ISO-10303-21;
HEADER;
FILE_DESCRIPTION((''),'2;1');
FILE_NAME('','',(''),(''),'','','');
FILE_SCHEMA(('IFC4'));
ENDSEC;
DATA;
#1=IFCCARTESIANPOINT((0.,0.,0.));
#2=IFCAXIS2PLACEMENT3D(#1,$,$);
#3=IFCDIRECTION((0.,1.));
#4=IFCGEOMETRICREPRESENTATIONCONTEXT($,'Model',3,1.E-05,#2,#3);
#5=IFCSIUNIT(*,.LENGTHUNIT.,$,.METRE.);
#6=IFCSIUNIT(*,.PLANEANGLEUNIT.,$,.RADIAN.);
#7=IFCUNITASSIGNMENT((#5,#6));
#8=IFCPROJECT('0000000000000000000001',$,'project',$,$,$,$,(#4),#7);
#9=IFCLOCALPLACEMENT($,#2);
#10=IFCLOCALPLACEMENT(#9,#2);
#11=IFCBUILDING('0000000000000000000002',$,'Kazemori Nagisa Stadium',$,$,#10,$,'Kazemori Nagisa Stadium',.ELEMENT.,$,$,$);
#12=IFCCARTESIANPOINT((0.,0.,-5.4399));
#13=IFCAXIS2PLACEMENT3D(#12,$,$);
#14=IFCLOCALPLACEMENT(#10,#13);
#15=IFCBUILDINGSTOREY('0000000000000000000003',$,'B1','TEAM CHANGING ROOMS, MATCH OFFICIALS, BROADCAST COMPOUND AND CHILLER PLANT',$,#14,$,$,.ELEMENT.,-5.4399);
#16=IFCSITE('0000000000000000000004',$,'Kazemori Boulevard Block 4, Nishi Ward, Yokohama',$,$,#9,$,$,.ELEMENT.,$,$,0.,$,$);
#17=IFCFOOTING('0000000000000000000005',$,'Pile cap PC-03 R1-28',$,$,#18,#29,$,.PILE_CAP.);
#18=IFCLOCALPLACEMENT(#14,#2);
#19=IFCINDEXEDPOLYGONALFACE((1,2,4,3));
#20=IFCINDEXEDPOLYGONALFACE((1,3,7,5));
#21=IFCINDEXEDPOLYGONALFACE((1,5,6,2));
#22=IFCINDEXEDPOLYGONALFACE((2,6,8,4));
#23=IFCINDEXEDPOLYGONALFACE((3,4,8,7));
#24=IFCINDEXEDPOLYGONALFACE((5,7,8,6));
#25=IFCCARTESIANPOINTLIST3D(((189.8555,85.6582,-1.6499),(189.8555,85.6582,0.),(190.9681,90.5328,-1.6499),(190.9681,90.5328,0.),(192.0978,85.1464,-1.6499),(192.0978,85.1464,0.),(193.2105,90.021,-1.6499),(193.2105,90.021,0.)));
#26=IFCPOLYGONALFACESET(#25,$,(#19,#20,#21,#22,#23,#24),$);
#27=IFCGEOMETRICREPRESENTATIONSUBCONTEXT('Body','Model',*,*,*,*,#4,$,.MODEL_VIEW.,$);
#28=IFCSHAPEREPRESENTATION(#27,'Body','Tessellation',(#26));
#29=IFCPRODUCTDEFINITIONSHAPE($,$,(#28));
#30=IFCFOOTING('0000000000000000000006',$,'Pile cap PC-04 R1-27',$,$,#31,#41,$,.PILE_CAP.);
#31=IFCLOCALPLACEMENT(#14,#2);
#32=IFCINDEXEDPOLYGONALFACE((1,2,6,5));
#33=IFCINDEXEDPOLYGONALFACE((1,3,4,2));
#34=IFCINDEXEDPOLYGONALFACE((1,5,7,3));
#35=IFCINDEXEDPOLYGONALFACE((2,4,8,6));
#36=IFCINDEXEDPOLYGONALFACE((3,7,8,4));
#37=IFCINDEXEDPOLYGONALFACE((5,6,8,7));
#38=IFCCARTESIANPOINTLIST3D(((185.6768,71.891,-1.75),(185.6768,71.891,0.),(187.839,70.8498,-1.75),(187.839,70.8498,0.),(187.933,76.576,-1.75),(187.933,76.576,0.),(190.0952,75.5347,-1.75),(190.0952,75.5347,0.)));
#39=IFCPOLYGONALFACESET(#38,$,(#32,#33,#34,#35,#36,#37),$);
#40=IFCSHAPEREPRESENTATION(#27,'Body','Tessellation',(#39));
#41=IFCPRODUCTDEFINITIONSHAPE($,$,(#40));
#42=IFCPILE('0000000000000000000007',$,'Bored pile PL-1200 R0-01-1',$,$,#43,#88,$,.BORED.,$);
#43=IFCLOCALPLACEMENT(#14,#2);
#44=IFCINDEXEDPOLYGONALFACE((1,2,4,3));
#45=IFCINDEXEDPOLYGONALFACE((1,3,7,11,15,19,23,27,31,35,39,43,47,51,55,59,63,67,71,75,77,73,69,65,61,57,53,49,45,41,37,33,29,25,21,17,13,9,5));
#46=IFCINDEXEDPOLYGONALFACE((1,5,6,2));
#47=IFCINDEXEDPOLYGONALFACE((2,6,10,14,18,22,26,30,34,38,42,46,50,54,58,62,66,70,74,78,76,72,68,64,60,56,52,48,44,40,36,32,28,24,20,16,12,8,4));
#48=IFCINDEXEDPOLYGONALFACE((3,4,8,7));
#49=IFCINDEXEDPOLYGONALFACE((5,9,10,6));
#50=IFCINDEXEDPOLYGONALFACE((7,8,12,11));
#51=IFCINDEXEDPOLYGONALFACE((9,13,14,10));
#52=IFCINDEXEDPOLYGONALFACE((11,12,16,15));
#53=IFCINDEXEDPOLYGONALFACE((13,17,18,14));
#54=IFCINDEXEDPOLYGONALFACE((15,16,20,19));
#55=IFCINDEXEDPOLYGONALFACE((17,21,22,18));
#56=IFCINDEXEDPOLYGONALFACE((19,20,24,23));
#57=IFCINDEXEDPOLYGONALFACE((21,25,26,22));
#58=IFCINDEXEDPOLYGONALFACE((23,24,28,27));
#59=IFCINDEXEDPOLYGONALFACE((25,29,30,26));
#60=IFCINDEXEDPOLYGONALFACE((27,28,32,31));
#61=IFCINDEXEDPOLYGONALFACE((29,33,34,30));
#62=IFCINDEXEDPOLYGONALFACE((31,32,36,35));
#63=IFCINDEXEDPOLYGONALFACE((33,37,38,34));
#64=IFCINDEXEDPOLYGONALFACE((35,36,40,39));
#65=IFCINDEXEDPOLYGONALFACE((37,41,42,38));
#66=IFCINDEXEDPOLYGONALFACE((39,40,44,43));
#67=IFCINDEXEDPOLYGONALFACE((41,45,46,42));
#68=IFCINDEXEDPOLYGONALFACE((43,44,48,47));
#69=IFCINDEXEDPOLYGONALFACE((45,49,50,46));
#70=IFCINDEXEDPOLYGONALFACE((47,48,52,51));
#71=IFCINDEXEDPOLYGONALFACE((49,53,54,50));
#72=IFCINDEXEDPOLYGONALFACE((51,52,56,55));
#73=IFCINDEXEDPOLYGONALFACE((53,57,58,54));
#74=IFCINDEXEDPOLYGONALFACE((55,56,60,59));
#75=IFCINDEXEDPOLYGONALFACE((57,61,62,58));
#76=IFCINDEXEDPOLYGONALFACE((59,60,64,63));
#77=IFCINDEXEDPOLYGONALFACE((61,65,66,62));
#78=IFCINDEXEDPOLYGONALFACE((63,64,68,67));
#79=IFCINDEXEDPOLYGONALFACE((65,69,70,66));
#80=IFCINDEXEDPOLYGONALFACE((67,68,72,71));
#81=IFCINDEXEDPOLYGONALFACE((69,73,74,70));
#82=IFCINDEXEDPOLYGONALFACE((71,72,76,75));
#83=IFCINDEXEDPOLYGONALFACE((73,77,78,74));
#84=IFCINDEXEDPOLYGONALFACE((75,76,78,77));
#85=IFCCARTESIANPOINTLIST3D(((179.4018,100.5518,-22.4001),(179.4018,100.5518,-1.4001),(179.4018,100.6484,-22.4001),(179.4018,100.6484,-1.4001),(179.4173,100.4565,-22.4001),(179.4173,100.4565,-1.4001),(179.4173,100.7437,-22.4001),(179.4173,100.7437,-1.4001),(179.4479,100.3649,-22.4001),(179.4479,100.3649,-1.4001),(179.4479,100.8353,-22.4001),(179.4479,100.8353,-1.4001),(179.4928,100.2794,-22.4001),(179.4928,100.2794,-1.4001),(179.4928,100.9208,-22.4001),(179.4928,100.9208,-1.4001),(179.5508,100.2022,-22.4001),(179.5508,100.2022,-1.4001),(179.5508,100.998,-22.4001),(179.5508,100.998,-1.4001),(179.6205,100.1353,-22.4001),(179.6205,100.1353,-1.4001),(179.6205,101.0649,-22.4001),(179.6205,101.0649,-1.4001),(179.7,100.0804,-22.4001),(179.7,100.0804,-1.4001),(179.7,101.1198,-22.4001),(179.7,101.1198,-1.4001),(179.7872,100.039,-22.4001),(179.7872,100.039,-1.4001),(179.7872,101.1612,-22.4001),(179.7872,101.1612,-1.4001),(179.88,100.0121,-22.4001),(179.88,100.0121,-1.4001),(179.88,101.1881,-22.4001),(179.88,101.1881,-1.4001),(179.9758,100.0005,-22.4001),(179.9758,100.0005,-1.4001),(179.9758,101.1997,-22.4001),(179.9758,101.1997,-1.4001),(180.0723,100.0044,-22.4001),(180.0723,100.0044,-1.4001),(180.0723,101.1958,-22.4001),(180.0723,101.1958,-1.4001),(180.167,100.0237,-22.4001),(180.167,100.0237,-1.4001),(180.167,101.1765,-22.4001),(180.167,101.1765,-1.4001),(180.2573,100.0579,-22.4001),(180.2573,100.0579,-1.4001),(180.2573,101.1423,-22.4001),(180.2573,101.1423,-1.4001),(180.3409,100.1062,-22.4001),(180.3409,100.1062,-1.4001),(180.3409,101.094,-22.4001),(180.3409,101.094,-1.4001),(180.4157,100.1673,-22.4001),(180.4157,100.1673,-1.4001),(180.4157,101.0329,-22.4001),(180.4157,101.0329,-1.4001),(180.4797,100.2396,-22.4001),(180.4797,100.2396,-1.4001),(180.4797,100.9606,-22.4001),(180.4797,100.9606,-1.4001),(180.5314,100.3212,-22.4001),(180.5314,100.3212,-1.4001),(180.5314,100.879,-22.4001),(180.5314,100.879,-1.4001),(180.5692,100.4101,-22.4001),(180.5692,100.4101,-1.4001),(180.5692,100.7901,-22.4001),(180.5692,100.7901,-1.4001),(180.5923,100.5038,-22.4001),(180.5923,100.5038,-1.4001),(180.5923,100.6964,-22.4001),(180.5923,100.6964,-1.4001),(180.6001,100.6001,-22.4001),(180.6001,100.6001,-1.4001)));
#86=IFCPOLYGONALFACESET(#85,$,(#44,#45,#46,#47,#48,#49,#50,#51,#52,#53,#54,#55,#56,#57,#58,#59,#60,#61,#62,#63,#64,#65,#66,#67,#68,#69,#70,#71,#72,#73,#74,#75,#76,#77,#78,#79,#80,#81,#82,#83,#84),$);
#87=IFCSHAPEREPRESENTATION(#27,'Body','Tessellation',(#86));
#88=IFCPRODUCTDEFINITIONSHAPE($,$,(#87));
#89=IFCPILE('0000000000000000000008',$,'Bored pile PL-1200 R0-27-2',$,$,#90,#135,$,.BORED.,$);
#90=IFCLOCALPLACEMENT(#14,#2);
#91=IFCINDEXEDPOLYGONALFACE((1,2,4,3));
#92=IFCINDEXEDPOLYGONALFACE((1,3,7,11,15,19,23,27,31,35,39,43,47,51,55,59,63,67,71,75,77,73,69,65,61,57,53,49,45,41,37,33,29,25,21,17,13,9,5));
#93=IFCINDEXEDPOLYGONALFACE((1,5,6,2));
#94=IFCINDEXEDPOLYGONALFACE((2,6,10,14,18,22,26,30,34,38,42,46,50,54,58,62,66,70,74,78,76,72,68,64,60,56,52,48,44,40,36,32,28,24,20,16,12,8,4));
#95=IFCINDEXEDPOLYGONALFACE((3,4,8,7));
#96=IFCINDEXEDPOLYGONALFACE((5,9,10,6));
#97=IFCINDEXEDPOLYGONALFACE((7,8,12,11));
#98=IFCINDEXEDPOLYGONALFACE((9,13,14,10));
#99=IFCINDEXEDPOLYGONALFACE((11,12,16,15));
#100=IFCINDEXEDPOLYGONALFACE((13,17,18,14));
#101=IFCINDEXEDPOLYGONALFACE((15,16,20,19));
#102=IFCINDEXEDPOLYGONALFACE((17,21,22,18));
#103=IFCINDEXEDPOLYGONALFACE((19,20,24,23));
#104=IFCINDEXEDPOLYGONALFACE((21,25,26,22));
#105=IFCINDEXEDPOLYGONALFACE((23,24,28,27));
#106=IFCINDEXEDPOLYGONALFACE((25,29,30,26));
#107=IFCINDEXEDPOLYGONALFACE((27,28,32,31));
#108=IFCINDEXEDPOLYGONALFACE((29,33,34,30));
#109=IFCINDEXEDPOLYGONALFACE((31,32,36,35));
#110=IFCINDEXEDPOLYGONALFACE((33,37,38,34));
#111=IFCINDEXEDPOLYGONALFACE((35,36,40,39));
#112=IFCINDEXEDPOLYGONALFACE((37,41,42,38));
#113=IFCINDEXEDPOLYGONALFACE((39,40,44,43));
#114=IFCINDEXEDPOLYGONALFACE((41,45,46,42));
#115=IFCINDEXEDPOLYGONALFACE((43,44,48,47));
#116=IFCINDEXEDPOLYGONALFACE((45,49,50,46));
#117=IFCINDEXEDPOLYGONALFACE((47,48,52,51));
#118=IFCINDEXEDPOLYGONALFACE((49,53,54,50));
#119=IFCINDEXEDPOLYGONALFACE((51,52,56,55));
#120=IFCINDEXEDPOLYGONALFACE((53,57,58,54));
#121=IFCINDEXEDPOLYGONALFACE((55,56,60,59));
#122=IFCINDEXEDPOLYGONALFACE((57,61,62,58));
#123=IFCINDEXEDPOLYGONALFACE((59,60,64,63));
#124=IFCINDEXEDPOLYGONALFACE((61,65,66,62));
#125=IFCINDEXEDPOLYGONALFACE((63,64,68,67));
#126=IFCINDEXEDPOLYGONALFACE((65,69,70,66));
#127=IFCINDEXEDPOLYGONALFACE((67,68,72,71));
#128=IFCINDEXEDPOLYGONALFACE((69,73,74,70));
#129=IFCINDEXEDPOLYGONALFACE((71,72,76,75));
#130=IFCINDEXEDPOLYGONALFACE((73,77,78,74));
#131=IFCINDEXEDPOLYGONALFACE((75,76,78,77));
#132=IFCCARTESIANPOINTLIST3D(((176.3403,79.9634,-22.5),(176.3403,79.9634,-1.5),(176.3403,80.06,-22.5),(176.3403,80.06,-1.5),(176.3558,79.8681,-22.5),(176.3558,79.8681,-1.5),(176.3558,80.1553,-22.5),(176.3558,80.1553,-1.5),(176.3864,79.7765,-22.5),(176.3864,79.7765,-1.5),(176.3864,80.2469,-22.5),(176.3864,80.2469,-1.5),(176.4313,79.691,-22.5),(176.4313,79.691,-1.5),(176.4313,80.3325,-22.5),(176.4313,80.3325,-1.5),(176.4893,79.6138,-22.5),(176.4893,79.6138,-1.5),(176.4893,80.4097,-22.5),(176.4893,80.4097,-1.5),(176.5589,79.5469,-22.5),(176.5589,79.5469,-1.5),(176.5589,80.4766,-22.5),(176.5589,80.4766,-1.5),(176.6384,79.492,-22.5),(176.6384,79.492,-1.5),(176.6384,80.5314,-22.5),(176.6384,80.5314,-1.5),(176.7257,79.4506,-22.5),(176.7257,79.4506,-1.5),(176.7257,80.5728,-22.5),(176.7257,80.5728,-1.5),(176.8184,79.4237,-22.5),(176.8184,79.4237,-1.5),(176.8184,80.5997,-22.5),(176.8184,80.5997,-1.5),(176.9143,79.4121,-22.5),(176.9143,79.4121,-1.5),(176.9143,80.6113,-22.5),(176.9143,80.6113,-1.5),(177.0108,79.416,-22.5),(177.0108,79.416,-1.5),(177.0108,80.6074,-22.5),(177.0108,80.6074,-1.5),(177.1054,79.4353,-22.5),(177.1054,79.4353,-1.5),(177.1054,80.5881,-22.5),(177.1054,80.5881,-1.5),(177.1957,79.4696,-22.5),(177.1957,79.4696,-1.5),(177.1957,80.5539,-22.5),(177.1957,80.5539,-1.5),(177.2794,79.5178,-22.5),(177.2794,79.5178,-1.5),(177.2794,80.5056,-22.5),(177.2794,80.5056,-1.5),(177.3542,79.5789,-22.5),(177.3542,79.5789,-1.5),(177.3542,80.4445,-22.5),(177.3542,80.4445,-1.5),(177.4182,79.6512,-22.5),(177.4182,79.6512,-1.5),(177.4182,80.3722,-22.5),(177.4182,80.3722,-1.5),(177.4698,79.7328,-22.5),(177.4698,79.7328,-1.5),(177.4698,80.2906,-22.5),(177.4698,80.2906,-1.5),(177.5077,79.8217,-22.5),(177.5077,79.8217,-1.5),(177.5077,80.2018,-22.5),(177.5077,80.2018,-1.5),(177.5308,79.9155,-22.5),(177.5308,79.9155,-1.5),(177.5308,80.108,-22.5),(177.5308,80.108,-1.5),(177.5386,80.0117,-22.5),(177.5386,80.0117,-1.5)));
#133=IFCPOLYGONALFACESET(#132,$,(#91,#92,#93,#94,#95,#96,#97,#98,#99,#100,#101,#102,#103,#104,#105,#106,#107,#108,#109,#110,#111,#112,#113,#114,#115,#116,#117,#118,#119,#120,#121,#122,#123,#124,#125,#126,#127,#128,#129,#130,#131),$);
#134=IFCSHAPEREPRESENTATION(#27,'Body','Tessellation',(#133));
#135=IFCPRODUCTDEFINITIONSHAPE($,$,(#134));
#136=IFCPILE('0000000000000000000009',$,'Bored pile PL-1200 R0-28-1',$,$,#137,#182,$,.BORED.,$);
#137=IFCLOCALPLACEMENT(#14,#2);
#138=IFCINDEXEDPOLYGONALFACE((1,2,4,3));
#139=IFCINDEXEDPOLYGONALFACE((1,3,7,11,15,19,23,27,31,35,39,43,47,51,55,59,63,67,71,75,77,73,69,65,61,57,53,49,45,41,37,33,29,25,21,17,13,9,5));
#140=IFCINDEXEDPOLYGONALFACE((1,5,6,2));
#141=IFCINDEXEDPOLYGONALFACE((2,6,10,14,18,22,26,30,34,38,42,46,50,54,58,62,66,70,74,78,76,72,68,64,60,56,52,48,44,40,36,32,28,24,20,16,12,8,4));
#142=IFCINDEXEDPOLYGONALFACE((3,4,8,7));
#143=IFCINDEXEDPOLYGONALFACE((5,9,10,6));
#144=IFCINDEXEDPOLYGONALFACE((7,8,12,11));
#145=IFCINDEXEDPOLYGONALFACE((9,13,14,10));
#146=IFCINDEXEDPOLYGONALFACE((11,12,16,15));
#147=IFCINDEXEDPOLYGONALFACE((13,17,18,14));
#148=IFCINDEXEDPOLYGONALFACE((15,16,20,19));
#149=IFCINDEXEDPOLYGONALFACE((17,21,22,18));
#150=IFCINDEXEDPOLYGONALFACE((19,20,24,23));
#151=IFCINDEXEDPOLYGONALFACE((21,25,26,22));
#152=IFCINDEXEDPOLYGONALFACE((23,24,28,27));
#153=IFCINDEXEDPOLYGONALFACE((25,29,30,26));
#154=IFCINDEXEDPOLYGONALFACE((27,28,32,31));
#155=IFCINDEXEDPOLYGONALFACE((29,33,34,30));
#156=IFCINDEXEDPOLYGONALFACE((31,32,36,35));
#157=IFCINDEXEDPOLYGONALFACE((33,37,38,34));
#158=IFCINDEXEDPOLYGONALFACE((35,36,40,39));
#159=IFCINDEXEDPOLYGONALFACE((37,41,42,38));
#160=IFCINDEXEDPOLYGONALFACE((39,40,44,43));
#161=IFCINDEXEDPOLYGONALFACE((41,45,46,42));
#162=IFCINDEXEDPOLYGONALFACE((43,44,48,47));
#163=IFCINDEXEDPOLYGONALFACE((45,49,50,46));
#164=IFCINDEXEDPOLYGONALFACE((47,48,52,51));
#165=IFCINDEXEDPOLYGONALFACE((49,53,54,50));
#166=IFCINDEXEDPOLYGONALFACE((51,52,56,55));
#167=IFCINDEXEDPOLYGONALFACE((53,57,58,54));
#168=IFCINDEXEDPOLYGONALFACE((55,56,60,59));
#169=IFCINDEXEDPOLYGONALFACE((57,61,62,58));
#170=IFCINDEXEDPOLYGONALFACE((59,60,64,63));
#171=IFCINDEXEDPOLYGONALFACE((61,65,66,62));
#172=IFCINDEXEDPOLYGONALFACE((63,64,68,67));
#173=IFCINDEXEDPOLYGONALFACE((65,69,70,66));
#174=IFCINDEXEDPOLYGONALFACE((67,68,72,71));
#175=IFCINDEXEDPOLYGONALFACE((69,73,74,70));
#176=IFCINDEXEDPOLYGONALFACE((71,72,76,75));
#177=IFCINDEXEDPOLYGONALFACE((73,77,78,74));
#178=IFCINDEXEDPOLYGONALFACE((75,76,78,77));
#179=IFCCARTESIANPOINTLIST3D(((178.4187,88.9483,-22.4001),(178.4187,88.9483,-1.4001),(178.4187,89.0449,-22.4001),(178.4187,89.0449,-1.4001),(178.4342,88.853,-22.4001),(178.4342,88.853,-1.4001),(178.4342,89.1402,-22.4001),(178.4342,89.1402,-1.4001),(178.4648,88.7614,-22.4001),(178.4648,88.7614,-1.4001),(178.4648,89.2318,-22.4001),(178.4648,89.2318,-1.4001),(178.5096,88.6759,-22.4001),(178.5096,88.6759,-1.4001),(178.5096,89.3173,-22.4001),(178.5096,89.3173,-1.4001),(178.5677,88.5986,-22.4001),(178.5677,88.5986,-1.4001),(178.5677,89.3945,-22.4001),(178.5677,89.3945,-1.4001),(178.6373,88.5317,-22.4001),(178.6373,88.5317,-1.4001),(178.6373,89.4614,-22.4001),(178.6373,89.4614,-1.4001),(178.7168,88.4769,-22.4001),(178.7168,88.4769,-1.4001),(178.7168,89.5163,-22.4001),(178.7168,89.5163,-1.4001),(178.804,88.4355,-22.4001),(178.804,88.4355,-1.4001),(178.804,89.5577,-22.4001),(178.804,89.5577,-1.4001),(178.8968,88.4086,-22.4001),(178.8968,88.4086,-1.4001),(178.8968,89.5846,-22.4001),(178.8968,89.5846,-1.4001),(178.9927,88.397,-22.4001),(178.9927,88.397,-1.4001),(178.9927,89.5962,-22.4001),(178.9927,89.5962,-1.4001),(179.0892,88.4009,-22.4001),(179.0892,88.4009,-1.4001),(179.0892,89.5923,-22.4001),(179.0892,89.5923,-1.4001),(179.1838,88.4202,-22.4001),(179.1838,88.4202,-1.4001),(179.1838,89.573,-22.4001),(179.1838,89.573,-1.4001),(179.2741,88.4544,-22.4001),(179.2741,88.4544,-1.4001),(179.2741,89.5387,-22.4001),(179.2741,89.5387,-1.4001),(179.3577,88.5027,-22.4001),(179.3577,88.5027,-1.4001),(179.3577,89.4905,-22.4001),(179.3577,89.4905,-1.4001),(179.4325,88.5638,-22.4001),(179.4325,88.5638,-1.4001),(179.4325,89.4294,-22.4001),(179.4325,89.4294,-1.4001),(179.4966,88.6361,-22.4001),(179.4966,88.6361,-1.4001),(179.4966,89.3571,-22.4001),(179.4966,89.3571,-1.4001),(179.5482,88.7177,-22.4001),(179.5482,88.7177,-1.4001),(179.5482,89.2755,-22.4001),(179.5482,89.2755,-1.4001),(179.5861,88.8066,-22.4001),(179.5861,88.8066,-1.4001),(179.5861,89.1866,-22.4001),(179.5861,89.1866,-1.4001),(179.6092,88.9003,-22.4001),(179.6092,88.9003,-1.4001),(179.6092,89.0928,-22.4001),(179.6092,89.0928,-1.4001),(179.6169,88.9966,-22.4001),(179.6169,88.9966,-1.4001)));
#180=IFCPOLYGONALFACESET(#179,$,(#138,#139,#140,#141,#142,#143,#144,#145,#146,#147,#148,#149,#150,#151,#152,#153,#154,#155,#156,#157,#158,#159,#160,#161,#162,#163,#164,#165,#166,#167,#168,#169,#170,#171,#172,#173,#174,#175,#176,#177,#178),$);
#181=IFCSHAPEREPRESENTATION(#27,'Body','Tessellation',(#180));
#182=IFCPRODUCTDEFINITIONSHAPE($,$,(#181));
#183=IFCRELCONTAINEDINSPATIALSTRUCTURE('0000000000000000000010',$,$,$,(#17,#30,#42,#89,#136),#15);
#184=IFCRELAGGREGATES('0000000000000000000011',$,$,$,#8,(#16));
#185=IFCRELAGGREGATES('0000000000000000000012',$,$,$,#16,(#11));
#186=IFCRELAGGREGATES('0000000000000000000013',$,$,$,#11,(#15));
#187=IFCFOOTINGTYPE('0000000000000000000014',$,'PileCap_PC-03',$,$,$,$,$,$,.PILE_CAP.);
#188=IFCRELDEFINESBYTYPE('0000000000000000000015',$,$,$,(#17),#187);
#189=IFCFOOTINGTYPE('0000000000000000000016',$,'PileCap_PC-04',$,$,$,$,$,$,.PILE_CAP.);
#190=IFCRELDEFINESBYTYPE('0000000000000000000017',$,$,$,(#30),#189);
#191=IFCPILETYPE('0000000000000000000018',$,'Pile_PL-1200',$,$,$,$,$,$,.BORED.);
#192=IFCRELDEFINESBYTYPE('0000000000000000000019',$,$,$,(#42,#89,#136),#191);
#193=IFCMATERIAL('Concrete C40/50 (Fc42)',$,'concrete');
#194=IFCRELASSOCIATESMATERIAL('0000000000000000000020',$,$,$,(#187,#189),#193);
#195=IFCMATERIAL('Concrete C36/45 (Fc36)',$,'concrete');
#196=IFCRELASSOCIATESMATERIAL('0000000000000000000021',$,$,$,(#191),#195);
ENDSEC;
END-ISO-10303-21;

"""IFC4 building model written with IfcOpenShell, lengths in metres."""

from ifc_helpers import new_model, si_unit, direction, frame, origin, origin_2d, place, context, subcontext, project, spatial, rectangle, circle, extrude, material, material_profile, profile_set, type_object, element, save


model = new_model("IFC4")

# Units and contexts
model_context = context("Model", 3, precision=1e-05, world=origin(), true_north=direction((0.0, 1.0)))
body_context = subcontext(model_context, "Body", "Model", "MODEL_VIEW")
ifc_project = project(units=[si_unit("LENGTHUNIT", "METRE"), si_unit("PLANEANGLEUNIT", "RADIAN")], contexts=[model_context])

# Site, building, storey
site_placement = place(None, origin())
site = spatial("IfcSite", under=ifc_project, at=site_placement, Name="Kazemori Boulevard Block 4, Nishi Ward, Yokohama", CompositionType="ELEMENT", RefElevation=0.0)
building_placement = place(site_placement, origin())
building = spatial("IfcBuilding", under=site, at=building_placement, Name="Kazemori Nagisa Stadium", LongName="Kazemori Nagisa Stadium", CompositionType="ELEMENT")
storey_placement = place(building_placement, frame((0.0, 0.0, -5.4399)))
storey = spatial("IfcBuildingStorey", under=building, at=storey_placement, Name="B1", Description="TEAM CHANGING ROOMS, MATCH OFFICIALS, BROADCAST COMPOUND AND CHILLER PLANT", CompositionType="ELEMENT", Elevation=-5.4399)

# Footings
ifc_material_1 = material(Name="Concrete C40/50 (Fc42)", Category="concrete")
footing_type_1 = type_object("IfcFootingType", Name="PileCap_PC-03", PredefinedType="PILE_CAP", material=ifc_material_1)
for number, where, z_axis, x_axis, name in (
    (1, (191.533, 87.8396, -1.6499), (0.0, 0.0, 1.0), (0.222521, 0.974928, 0.0), "Pile cap PC-03 R1-28"),
):
    element("IfcFooting", number, at=place(storey_placement, frame(where, z_axis=z_axis, x_axis=x_axis)), inside=storey, type_object=footing_type_1, Name=name, PredefinedType="PILE_CAP", context=body_context, shape_type="SweptSolid", body=[
        extrude(rectangle(XDim=5.0, YDim=2.3, at=origin_2d()), origin(), (0.0, 0.0, 1.0), 1.6499),
    ])
footing_type_2 = type_object("IfcFootingType", Name="PileCap_PC-04", PredefinedType="PILE_CAP", material=ifc_material_1)
footing_1_placement = place(storey_placement, frame((187.886, 73.7129, -1.75), z_axis=(0.0, 0.0, 1.0), x_axis=(0.433884, 0.900969, 0.0)))
element("IfcFooting", 2, at=footing_1_placement, inside=storey, type_object=footing_type_2, Name="Pile cap PC-04 R1-27", PredefinedType="PILE_CAP", context=body_context, shape_type="SweptSolid", body=[
    extrude(rectangle(XDim=5.2, YDim=2.3999, at=origin_2d()), origin(), (0.0, 0.0, 1.0), 1.75),
])

# Piles
ifc_material_2 = material(Name="Concrete C36/45 (Fc36)", Category="concrete")
ifc_material_profile_1 = material_profile(ifc_material_2, circle(Radius=0.6001, at=origin_2d()), Name="PILE-D1200")
ifc_profile_set_1 = profile_set([ifc_material_profile_1], Name="Concrete C36/45 (Fc36)")
pile_type_1 = type_object("IfcPileType", Name="Pile_PL-1200", PredefinedType="BORED", material=ifc_profile_set_1)
for number, where, z_axis, x_axis, name in (
    (3, (180.0, 100.6001, -1.4001), (0.0, 0.0, -1.0), (1.0, 0.0, 0.0), "Bored pile PL-1200 R0-01-1"),
    (4, (176.9385, 80.0117, -1.5), (0.0, 0.0, -1.0), (1.0, 0.0, 0.0), "Bored pile PL-1200 R0-27-2"),
    (5, (179.0168, 88.9966, -1.4001), (0.0, 0.0, -1.0), (1.0, 0.0, 0.0), "Bored pile PL-1200 R0-28-1"),
):
    element("IfcPile", number, at=place(storey_placement, frame(where, z_axis=z_axis, x_axis=x_axis)), inside=storey, type_object=pile_type_1, Name=name, PredefinedType="BORED", context=body_context, shape_type="SweptSolid", body=[
        extrude(circle(Radius=0.6001, at=origin_2d()), origin(), (0.0, 0.0, 1.0), 21.0),
    ])

save(model, "model.ifc")
